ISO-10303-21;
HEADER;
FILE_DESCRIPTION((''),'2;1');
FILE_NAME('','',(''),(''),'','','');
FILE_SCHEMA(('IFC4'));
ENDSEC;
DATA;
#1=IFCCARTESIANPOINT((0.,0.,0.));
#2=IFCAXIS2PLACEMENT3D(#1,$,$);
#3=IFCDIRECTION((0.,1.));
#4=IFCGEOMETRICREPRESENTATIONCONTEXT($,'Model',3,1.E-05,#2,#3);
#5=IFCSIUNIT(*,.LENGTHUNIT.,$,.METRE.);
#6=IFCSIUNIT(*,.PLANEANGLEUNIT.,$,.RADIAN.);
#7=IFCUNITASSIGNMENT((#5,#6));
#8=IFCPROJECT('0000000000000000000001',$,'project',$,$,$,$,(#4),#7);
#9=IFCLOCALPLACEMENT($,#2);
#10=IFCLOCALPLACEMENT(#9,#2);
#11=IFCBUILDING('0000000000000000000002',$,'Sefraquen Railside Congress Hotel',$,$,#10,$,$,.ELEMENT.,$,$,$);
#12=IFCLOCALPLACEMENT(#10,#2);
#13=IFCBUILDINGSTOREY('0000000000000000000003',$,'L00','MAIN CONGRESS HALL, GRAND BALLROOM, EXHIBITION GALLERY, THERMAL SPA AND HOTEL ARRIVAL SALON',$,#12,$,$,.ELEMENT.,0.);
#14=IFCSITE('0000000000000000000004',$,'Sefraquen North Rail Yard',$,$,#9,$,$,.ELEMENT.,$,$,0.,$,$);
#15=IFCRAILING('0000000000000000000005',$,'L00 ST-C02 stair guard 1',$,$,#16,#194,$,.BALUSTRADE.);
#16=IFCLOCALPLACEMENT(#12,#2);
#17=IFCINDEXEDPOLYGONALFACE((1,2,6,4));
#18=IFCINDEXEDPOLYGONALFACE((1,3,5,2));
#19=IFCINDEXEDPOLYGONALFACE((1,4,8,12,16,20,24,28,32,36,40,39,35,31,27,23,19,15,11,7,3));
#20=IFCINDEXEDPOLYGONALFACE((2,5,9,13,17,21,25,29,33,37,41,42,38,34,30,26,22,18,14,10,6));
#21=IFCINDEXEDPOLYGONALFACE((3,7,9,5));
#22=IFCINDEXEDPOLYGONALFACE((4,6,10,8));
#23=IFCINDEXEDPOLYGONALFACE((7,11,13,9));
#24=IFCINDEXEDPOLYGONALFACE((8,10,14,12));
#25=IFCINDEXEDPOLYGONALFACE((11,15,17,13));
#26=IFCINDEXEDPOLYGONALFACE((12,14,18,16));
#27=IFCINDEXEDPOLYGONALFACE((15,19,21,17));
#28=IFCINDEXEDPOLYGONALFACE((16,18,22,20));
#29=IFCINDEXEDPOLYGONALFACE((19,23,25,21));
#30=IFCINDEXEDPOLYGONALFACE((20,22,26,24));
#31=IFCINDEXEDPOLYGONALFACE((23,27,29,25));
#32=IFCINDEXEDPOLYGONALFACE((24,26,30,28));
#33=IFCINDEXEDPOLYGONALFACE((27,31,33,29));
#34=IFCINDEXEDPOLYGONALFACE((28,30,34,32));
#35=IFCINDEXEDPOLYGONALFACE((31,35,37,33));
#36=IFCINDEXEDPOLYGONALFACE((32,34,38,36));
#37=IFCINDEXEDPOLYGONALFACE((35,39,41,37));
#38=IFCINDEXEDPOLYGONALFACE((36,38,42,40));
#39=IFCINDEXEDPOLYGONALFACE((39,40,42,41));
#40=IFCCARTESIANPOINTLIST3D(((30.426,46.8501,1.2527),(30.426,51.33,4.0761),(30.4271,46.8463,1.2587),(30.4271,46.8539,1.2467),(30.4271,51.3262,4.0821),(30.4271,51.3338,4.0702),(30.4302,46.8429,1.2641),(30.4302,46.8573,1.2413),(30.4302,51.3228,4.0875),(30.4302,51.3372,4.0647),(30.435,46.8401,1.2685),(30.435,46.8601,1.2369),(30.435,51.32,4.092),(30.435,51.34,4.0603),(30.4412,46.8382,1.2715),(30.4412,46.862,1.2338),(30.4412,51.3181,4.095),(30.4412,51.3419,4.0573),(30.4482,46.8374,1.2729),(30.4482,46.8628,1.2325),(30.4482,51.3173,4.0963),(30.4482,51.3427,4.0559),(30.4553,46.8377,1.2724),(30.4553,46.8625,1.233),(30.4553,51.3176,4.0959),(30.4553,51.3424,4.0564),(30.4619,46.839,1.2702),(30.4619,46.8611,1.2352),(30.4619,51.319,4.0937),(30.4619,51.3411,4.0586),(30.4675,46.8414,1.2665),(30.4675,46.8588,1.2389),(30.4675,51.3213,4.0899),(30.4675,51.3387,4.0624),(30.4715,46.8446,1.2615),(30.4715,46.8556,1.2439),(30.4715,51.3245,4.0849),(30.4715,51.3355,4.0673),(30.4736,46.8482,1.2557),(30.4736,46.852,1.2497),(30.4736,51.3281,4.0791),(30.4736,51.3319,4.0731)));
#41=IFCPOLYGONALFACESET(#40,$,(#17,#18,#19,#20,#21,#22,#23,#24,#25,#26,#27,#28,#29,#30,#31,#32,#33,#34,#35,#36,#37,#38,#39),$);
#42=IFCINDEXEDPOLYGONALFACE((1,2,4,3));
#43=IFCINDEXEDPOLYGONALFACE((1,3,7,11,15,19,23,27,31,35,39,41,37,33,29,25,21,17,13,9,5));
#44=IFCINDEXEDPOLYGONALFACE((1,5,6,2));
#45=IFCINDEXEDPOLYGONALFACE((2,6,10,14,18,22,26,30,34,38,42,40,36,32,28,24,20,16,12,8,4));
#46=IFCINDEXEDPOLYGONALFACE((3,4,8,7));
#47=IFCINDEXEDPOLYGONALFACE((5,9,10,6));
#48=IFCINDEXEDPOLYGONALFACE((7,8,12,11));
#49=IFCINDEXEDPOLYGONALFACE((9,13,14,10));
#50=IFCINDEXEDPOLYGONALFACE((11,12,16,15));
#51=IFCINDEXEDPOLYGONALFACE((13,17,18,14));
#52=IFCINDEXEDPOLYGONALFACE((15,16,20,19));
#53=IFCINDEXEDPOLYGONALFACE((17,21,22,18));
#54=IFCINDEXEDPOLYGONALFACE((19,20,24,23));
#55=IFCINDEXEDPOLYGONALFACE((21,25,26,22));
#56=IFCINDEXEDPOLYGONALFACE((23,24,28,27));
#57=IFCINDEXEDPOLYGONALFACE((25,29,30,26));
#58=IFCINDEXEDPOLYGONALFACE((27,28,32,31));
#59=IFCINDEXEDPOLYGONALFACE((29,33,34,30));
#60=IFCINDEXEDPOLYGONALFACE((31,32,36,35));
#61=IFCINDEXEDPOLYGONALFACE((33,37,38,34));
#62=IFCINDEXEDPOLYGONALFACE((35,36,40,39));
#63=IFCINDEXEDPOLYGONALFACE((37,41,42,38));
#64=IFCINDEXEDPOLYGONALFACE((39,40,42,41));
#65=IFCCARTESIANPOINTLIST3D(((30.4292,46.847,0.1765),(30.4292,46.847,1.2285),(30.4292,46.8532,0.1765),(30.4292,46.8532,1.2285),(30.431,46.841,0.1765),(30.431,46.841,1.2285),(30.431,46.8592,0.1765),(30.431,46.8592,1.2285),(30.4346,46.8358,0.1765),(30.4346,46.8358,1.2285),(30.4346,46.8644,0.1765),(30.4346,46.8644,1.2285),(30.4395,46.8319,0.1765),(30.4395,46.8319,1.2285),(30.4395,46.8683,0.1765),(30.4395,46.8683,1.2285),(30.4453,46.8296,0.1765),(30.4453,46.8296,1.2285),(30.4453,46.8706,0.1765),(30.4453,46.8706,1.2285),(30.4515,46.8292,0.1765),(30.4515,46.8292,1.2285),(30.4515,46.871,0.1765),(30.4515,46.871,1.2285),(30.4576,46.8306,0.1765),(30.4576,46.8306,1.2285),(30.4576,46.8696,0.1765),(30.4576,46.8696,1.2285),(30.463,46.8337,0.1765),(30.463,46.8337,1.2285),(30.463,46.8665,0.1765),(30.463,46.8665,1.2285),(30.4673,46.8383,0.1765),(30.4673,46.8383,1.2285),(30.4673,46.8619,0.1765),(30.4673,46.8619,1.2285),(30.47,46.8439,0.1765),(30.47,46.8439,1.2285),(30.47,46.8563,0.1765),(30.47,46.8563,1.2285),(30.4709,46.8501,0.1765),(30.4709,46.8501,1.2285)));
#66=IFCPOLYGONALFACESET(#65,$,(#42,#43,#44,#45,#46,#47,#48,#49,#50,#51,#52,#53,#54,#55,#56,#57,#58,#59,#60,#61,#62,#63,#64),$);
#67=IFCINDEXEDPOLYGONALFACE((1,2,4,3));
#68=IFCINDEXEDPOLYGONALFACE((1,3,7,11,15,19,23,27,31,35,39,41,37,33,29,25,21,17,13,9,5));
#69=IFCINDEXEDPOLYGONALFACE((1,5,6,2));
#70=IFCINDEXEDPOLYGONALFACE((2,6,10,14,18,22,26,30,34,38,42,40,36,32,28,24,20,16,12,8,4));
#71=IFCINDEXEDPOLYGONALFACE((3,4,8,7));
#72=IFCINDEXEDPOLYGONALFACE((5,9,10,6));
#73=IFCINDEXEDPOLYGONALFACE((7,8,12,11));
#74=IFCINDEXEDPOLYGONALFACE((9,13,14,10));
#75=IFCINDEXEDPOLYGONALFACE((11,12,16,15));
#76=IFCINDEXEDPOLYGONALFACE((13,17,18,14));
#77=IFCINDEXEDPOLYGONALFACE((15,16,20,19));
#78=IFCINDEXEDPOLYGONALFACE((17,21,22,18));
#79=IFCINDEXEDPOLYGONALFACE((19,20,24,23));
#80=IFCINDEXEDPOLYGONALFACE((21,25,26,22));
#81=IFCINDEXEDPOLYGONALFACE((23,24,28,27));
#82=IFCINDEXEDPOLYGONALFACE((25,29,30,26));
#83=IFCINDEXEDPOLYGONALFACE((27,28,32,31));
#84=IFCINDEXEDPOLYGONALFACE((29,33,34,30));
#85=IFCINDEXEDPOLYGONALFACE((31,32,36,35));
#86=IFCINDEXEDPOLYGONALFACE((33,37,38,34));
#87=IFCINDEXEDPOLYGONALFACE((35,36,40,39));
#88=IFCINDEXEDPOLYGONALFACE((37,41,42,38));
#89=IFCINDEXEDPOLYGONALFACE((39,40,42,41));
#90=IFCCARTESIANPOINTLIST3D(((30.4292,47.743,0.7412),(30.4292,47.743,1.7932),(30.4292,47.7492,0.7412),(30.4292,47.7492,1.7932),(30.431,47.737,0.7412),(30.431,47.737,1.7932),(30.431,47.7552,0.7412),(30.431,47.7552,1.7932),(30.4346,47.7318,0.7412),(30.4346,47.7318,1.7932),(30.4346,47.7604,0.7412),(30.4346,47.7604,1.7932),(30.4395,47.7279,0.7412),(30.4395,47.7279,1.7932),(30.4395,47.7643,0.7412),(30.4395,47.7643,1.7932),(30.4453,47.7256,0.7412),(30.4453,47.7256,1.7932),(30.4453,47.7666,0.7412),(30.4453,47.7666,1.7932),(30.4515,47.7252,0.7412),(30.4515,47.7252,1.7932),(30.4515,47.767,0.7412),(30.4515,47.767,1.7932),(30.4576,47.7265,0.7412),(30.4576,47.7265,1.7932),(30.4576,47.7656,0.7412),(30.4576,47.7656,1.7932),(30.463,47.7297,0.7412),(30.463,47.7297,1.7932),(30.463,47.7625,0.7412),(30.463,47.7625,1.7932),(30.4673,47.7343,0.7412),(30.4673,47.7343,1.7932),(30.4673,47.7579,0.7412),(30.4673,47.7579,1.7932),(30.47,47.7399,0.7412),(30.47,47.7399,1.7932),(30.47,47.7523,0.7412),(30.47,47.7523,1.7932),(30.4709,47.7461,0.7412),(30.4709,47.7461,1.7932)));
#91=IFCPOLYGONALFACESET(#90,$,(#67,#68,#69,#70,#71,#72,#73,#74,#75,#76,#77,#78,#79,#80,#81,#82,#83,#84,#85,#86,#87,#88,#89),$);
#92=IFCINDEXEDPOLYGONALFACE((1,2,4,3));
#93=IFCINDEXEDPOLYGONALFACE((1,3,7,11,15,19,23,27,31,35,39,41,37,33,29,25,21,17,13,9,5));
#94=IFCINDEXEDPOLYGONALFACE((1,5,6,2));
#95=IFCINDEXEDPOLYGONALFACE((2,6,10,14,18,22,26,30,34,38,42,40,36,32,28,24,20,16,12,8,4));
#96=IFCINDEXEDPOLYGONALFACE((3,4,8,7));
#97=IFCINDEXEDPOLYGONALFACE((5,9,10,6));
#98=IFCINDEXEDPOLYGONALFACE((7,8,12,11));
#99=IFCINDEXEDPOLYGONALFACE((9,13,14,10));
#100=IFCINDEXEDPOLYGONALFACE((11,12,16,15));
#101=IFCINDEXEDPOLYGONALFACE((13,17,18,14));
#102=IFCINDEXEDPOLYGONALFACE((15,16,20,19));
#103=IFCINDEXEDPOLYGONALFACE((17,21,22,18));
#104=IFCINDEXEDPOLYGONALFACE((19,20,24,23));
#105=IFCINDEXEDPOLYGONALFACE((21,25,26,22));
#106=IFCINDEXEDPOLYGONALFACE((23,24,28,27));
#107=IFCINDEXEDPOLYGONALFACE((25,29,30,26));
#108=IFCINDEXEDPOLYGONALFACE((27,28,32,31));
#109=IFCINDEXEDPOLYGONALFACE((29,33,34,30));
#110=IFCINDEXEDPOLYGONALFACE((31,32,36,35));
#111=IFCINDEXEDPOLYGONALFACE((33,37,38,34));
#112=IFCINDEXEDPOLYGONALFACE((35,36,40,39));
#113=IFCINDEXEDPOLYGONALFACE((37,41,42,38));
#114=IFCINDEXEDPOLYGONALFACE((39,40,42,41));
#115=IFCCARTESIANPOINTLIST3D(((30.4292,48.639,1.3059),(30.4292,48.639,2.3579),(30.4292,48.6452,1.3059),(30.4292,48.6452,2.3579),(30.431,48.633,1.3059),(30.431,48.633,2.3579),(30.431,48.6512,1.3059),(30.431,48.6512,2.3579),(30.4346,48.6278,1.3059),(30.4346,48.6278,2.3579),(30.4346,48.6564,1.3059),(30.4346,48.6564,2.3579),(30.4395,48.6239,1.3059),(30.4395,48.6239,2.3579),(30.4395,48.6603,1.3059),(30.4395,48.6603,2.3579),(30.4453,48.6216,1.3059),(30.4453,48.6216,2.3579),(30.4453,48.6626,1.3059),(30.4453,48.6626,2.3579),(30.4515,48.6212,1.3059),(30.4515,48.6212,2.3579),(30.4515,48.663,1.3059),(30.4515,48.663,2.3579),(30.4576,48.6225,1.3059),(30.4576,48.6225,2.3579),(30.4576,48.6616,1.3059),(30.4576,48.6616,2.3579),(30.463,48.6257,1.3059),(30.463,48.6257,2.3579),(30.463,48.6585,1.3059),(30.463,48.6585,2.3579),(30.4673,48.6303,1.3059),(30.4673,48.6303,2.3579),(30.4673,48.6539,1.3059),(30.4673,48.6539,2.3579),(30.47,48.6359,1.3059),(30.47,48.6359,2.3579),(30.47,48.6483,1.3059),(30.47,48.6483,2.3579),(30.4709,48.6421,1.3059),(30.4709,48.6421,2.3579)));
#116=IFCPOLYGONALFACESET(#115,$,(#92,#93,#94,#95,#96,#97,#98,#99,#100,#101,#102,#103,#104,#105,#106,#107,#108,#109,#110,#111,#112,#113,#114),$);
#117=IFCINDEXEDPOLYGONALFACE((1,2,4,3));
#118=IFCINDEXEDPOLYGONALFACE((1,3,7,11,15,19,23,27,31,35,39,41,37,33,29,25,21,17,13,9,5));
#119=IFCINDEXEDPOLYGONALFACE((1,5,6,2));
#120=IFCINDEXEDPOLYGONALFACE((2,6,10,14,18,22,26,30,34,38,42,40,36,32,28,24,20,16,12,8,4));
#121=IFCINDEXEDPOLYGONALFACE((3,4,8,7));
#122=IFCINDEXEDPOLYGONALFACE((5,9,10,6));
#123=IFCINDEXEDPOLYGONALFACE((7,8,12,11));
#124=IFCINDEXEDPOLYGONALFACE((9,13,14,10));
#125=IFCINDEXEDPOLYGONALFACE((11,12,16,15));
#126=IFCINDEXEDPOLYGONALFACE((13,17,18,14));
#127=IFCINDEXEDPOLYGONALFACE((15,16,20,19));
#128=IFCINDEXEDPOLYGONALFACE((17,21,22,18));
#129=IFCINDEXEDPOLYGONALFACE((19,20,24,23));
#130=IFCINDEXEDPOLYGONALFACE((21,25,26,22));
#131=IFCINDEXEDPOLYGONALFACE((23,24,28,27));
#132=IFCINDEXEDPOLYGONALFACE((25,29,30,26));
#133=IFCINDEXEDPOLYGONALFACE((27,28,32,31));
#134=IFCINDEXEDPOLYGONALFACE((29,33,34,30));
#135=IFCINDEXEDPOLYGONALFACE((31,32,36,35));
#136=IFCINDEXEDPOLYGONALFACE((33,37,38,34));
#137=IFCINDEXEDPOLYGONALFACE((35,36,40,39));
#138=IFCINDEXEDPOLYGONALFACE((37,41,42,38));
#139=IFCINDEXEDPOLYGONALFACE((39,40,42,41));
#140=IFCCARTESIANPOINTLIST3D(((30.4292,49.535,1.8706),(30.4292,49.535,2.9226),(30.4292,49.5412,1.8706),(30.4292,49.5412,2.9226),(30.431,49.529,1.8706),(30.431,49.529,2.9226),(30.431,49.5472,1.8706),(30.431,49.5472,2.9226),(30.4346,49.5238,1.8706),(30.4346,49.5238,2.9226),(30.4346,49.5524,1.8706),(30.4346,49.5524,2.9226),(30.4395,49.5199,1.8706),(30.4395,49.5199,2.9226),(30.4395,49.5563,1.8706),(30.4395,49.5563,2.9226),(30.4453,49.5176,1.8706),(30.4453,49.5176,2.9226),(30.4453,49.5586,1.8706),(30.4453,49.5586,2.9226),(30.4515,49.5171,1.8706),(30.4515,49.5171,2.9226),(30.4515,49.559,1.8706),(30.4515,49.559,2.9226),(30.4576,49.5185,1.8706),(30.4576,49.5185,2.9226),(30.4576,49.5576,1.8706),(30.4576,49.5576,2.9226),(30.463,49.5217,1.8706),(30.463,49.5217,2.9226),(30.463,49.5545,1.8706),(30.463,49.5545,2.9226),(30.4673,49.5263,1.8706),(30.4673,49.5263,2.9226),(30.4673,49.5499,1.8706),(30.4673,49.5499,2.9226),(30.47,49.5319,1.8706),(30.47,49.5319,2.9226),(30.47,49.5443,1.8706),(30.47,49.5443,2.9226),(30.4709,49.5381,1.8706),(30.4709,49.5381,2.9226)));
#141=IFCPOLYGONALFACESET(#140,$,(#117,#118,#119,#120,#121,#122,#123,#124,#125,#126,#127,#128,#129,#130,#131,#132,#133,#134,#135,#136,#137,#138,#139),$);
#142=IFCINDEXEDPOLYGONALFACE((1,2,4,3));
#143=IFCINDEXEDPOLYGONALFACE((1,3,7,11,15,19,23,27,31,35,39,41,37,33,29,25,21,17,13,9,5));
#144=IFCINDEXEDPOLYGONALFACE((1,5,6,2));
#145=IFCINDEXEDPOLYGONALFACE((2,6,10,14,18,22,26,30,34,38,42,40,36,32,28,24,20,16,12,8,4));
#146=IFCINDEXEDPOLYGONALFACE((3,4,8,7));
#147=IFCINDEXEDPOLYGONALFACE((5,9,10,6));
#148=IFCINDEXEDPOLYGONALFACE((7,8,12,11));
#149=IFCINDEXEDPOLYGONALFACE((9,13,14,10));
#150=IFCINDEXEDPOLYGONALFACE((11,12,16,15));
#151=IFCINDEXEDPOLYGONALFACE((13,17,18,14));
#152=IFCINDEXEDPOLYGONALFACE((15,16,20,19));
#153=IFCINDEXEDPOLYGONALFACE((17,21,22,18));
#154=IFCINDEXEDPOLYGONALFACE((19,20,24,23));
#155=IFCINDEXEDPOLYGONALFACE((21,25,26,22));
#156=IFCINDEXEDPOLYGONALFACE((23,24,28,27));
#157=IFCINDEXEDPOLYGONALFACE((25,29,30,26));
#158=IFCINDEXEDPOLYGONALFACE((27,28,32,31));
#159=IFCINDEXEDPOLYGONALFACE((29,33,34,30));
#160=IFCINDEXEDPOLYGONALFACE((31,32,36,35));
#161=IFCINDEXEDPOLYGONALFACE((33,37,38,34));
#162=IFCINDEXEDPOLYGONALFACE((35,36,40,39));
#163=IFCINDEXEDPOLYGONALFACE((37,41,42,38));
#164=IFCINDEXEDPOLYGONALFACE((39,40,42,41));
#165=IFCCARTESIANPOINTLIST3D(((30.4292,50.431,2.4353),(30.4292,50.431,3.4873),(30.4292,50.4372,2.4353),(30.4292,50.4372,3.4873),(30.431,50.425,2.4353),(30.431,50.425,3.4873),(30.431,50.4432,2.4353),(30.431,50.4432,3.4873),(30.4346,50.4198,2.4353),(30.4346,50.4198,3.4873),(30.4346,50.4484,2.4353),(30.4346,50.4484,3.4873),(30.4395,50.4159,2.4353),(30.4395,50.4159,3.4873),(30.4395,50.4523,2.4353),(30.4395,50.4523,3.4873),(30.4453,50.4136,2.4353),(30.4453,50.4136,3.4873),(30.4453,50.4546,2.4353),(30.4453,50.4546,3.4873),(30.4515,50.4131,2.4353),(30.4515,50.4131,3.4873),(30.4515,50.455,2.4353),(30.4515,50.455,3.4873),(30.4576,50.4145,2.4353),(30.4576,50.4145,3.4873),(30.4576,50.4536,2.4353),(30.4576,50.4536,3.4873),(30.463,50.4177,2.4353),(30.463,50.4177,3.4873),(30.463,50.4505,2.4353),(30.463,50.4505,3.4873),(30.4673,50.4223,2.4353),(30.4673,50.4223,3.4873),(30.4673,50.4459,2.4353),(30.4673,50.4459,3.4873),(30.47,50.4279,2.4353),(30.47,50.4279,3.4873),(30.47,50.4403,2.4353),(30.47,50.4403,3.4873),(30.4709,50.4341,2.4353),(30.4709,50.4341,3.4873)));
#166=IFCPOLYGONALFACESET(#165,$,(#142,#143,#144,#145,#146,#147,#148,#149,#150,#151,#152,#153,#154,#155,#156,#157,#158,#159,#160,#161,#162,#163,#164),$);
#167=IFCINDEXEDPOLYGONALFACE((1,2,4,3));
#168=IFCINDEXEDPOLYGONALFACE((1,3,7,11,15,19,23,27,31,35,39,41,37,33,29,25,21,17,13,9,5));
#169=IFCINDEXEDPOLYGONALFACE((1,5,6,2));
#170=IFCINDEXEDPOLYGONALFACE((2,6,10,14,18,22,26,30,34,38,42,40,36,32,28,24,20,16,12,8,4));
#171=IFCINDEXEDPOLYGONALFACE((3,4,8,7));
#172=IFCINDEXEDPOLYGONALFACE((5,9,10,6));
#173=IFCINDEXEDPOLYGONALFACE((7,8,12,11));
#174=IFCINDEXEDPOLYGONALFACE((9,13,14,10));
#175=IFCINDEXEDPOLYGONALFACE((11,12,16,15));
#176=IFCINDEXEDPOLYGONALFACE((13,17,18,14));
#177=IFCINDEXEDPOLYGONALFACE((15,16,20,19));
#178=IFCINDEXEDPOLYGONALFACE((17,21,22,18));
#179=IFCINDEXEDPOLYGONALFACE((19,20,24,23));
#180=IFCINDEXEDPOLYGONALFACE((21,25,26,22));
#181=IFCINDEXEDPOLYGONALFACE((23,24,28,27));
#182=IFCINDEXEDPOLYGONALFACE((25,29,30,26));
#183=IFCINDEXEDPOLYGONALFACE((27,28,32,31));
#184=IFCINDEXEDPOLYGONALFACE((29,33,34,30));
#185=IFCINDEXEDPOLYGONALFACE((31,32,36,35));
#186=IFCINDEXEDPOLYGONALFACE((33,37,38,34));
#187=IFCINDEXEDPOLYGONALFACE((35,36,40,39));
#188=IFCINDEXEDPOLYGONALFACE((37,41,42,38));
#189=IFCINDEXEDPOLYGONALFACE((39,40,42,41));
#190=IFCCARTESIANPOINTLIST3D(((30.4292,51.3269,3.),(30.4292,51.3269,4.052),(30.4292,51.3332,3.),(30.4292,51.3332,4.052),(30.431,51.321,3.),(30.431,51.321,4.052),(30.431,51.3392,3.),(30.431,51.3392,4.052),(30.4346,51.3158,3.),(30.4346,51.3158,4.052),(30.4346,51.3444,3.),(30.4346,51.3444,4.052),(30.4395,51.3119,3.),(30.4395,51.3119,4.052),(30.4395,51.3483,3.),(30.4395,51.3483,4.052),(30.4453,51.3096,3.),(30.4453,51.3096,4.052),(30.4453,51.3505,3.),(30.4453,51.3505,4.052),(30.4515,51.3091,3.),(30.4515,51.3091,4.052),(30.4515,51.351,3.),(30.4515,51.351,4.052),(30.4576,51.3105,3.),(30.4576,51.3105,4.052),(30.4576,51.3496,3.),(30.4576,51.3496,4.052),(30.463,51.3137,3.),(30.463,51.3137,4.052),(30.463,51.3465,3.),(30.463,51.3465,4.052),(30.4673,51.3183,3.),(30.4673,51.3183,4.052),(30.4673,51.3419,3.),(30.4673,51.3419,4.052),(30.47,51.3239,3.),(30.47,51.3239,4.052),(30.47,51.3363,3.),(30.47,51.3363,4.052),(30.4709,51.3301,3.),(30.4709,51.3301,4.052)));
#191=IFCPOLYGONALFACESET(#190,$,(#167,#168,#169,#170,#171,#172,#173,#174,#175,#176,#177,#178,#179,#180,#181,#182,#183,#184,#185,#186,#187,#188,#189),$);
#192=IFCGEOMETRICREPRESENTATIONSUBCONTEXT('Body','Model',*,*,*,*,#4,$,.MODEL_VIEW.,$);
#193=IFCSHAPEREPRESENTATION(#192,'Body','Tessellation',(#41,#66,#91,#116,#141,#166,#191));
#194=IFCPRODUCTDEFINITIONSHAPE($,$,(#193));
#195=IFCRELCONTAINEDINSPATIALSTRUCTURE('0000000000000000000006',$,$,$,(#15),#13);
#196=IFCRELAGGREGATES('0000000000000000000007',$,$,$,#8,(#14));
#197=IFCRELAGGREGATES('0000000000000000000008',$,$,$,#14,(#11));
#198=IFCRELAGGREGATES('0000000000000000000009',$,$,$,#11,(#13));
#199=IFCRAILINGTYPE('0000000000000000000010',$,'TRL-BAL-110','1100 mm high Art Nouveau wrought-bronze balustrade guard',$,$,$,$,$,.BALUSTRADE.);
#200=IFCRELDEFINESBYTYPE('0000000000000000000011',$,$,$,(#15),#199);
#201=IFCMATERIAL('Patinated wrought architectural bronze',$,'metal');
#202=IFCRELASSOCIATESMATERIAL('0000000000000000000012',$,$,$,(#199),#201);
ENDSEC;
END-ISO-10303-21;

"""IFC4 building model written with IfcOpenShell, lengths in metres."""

from ifc_helpers import new_model, si_unit, direction, frame, origin, origin_2d, place, context, subcontext, project, spatial, circle, extrude, material, type_object, element, save


model = new_model("IFC4")

# Units and contexts
model_context = context("Model", 3, precision=1e-05, world=origin(), true_north=direction((0.0, 1.0)))
body_context = subcontext(model_context, "Body", "Model", "MODEL_VIEW")
ifc_project = project(units=[si_unit("LENGTHUNIT", "METRE"), si_unit("PLANEANGLEUNIT", "RADIAN")], contexts=[model_context])

# Site, building, storey
site_placement = place(None, origin())
site = spatial("IfcSite", under=ifc_project, at=site_placement, Name="Sefraquen North Rail Yard", CompositionType="ELEMENT", RefElevation=0.0)
building_placement = place(site_placement, origin())
building = spatial("IfcBuilding", under=site, at=building_placement, Name="Sefraquen Railside Congress Hotel", CompositionType="ELEMENT")
storey_placement = place(building_placement, origin())
storey = spatial("IfcBuildingStorey", under=building, at=storey_placement, Name="L00", Description="MAIN CONGRESS HALL, GRAND BALLROOM, EXHIBITION GALLERY, THERMAL SPA AND HOTEL ARRIVAL SALON", CompositionType="ELEMENT", Elevation=0.0)

# Railing
ifc_material_1 = material(Name="Patinated wrought architectural bronze", Category="metal")
railing_type_1 = type_object("IfcRailingType", Name="TRL-BAL-110", Description="1100 mm high Art Nouveau wrought-bronze balustrade guard", PredefinedType="BALUSTRADE", material=ifc_material_1)
railing_1_placement = place(storey_placement, frame((30.45, 46.8501, 0.1765)))
element("IfcRailing", 1, at=railing_1_placement, inside=storey, type_object=railing_type_1, Name="L00 ST-C02 stair guard 1", PredefinedType="BALUSTRADE", context=body_context, shape_type="SweptSolid", body=[
    extrude(circle(Radius=0.0239, at=origin_2d()), frame((0.0, 0.0, 1.0762), z_axis=(0.0, 0.845998, 0.533186), x_axis=(-1.0, 0.0, 0.0)), (0.0, 0.0, 1.0), 5.2954),
    extrude(circle(Radius=0.021, at=origin_2d()), origin(), (0.0, 0.0, 1.0), 1.052),
    extrude(circle(Radius=0.021, at=origin_2d()), frame((0.0, 0.896, 0.5647)), (0.0, 0.0, 1.0), 1.052),
    extrude(circle(Radius=0.021, at=origin_2d()), frame((0.0, 1.792, 1.1294)), (0.0, 0.0, 1.0), 1.052),
    extrude(circle(Radius=0.021, at=origin_2d()), frame((0.0, 2.688, 1.6941)), (0.0, 0.0, 1.0), 1.052),
    extrude(circle(Radius=0.021, at=origin_2d()), frame((0.0, 3.584, 2.2588)), (0.0, 0.0, 1.0), 1.052),
    extrude(circle(Radius=0.021, at=origin_2d()), frame((0.0, 4.48, 2.8235)), (0.0, 0.0, 1.0), 1.052),
])

save(model, "model.ifc")
